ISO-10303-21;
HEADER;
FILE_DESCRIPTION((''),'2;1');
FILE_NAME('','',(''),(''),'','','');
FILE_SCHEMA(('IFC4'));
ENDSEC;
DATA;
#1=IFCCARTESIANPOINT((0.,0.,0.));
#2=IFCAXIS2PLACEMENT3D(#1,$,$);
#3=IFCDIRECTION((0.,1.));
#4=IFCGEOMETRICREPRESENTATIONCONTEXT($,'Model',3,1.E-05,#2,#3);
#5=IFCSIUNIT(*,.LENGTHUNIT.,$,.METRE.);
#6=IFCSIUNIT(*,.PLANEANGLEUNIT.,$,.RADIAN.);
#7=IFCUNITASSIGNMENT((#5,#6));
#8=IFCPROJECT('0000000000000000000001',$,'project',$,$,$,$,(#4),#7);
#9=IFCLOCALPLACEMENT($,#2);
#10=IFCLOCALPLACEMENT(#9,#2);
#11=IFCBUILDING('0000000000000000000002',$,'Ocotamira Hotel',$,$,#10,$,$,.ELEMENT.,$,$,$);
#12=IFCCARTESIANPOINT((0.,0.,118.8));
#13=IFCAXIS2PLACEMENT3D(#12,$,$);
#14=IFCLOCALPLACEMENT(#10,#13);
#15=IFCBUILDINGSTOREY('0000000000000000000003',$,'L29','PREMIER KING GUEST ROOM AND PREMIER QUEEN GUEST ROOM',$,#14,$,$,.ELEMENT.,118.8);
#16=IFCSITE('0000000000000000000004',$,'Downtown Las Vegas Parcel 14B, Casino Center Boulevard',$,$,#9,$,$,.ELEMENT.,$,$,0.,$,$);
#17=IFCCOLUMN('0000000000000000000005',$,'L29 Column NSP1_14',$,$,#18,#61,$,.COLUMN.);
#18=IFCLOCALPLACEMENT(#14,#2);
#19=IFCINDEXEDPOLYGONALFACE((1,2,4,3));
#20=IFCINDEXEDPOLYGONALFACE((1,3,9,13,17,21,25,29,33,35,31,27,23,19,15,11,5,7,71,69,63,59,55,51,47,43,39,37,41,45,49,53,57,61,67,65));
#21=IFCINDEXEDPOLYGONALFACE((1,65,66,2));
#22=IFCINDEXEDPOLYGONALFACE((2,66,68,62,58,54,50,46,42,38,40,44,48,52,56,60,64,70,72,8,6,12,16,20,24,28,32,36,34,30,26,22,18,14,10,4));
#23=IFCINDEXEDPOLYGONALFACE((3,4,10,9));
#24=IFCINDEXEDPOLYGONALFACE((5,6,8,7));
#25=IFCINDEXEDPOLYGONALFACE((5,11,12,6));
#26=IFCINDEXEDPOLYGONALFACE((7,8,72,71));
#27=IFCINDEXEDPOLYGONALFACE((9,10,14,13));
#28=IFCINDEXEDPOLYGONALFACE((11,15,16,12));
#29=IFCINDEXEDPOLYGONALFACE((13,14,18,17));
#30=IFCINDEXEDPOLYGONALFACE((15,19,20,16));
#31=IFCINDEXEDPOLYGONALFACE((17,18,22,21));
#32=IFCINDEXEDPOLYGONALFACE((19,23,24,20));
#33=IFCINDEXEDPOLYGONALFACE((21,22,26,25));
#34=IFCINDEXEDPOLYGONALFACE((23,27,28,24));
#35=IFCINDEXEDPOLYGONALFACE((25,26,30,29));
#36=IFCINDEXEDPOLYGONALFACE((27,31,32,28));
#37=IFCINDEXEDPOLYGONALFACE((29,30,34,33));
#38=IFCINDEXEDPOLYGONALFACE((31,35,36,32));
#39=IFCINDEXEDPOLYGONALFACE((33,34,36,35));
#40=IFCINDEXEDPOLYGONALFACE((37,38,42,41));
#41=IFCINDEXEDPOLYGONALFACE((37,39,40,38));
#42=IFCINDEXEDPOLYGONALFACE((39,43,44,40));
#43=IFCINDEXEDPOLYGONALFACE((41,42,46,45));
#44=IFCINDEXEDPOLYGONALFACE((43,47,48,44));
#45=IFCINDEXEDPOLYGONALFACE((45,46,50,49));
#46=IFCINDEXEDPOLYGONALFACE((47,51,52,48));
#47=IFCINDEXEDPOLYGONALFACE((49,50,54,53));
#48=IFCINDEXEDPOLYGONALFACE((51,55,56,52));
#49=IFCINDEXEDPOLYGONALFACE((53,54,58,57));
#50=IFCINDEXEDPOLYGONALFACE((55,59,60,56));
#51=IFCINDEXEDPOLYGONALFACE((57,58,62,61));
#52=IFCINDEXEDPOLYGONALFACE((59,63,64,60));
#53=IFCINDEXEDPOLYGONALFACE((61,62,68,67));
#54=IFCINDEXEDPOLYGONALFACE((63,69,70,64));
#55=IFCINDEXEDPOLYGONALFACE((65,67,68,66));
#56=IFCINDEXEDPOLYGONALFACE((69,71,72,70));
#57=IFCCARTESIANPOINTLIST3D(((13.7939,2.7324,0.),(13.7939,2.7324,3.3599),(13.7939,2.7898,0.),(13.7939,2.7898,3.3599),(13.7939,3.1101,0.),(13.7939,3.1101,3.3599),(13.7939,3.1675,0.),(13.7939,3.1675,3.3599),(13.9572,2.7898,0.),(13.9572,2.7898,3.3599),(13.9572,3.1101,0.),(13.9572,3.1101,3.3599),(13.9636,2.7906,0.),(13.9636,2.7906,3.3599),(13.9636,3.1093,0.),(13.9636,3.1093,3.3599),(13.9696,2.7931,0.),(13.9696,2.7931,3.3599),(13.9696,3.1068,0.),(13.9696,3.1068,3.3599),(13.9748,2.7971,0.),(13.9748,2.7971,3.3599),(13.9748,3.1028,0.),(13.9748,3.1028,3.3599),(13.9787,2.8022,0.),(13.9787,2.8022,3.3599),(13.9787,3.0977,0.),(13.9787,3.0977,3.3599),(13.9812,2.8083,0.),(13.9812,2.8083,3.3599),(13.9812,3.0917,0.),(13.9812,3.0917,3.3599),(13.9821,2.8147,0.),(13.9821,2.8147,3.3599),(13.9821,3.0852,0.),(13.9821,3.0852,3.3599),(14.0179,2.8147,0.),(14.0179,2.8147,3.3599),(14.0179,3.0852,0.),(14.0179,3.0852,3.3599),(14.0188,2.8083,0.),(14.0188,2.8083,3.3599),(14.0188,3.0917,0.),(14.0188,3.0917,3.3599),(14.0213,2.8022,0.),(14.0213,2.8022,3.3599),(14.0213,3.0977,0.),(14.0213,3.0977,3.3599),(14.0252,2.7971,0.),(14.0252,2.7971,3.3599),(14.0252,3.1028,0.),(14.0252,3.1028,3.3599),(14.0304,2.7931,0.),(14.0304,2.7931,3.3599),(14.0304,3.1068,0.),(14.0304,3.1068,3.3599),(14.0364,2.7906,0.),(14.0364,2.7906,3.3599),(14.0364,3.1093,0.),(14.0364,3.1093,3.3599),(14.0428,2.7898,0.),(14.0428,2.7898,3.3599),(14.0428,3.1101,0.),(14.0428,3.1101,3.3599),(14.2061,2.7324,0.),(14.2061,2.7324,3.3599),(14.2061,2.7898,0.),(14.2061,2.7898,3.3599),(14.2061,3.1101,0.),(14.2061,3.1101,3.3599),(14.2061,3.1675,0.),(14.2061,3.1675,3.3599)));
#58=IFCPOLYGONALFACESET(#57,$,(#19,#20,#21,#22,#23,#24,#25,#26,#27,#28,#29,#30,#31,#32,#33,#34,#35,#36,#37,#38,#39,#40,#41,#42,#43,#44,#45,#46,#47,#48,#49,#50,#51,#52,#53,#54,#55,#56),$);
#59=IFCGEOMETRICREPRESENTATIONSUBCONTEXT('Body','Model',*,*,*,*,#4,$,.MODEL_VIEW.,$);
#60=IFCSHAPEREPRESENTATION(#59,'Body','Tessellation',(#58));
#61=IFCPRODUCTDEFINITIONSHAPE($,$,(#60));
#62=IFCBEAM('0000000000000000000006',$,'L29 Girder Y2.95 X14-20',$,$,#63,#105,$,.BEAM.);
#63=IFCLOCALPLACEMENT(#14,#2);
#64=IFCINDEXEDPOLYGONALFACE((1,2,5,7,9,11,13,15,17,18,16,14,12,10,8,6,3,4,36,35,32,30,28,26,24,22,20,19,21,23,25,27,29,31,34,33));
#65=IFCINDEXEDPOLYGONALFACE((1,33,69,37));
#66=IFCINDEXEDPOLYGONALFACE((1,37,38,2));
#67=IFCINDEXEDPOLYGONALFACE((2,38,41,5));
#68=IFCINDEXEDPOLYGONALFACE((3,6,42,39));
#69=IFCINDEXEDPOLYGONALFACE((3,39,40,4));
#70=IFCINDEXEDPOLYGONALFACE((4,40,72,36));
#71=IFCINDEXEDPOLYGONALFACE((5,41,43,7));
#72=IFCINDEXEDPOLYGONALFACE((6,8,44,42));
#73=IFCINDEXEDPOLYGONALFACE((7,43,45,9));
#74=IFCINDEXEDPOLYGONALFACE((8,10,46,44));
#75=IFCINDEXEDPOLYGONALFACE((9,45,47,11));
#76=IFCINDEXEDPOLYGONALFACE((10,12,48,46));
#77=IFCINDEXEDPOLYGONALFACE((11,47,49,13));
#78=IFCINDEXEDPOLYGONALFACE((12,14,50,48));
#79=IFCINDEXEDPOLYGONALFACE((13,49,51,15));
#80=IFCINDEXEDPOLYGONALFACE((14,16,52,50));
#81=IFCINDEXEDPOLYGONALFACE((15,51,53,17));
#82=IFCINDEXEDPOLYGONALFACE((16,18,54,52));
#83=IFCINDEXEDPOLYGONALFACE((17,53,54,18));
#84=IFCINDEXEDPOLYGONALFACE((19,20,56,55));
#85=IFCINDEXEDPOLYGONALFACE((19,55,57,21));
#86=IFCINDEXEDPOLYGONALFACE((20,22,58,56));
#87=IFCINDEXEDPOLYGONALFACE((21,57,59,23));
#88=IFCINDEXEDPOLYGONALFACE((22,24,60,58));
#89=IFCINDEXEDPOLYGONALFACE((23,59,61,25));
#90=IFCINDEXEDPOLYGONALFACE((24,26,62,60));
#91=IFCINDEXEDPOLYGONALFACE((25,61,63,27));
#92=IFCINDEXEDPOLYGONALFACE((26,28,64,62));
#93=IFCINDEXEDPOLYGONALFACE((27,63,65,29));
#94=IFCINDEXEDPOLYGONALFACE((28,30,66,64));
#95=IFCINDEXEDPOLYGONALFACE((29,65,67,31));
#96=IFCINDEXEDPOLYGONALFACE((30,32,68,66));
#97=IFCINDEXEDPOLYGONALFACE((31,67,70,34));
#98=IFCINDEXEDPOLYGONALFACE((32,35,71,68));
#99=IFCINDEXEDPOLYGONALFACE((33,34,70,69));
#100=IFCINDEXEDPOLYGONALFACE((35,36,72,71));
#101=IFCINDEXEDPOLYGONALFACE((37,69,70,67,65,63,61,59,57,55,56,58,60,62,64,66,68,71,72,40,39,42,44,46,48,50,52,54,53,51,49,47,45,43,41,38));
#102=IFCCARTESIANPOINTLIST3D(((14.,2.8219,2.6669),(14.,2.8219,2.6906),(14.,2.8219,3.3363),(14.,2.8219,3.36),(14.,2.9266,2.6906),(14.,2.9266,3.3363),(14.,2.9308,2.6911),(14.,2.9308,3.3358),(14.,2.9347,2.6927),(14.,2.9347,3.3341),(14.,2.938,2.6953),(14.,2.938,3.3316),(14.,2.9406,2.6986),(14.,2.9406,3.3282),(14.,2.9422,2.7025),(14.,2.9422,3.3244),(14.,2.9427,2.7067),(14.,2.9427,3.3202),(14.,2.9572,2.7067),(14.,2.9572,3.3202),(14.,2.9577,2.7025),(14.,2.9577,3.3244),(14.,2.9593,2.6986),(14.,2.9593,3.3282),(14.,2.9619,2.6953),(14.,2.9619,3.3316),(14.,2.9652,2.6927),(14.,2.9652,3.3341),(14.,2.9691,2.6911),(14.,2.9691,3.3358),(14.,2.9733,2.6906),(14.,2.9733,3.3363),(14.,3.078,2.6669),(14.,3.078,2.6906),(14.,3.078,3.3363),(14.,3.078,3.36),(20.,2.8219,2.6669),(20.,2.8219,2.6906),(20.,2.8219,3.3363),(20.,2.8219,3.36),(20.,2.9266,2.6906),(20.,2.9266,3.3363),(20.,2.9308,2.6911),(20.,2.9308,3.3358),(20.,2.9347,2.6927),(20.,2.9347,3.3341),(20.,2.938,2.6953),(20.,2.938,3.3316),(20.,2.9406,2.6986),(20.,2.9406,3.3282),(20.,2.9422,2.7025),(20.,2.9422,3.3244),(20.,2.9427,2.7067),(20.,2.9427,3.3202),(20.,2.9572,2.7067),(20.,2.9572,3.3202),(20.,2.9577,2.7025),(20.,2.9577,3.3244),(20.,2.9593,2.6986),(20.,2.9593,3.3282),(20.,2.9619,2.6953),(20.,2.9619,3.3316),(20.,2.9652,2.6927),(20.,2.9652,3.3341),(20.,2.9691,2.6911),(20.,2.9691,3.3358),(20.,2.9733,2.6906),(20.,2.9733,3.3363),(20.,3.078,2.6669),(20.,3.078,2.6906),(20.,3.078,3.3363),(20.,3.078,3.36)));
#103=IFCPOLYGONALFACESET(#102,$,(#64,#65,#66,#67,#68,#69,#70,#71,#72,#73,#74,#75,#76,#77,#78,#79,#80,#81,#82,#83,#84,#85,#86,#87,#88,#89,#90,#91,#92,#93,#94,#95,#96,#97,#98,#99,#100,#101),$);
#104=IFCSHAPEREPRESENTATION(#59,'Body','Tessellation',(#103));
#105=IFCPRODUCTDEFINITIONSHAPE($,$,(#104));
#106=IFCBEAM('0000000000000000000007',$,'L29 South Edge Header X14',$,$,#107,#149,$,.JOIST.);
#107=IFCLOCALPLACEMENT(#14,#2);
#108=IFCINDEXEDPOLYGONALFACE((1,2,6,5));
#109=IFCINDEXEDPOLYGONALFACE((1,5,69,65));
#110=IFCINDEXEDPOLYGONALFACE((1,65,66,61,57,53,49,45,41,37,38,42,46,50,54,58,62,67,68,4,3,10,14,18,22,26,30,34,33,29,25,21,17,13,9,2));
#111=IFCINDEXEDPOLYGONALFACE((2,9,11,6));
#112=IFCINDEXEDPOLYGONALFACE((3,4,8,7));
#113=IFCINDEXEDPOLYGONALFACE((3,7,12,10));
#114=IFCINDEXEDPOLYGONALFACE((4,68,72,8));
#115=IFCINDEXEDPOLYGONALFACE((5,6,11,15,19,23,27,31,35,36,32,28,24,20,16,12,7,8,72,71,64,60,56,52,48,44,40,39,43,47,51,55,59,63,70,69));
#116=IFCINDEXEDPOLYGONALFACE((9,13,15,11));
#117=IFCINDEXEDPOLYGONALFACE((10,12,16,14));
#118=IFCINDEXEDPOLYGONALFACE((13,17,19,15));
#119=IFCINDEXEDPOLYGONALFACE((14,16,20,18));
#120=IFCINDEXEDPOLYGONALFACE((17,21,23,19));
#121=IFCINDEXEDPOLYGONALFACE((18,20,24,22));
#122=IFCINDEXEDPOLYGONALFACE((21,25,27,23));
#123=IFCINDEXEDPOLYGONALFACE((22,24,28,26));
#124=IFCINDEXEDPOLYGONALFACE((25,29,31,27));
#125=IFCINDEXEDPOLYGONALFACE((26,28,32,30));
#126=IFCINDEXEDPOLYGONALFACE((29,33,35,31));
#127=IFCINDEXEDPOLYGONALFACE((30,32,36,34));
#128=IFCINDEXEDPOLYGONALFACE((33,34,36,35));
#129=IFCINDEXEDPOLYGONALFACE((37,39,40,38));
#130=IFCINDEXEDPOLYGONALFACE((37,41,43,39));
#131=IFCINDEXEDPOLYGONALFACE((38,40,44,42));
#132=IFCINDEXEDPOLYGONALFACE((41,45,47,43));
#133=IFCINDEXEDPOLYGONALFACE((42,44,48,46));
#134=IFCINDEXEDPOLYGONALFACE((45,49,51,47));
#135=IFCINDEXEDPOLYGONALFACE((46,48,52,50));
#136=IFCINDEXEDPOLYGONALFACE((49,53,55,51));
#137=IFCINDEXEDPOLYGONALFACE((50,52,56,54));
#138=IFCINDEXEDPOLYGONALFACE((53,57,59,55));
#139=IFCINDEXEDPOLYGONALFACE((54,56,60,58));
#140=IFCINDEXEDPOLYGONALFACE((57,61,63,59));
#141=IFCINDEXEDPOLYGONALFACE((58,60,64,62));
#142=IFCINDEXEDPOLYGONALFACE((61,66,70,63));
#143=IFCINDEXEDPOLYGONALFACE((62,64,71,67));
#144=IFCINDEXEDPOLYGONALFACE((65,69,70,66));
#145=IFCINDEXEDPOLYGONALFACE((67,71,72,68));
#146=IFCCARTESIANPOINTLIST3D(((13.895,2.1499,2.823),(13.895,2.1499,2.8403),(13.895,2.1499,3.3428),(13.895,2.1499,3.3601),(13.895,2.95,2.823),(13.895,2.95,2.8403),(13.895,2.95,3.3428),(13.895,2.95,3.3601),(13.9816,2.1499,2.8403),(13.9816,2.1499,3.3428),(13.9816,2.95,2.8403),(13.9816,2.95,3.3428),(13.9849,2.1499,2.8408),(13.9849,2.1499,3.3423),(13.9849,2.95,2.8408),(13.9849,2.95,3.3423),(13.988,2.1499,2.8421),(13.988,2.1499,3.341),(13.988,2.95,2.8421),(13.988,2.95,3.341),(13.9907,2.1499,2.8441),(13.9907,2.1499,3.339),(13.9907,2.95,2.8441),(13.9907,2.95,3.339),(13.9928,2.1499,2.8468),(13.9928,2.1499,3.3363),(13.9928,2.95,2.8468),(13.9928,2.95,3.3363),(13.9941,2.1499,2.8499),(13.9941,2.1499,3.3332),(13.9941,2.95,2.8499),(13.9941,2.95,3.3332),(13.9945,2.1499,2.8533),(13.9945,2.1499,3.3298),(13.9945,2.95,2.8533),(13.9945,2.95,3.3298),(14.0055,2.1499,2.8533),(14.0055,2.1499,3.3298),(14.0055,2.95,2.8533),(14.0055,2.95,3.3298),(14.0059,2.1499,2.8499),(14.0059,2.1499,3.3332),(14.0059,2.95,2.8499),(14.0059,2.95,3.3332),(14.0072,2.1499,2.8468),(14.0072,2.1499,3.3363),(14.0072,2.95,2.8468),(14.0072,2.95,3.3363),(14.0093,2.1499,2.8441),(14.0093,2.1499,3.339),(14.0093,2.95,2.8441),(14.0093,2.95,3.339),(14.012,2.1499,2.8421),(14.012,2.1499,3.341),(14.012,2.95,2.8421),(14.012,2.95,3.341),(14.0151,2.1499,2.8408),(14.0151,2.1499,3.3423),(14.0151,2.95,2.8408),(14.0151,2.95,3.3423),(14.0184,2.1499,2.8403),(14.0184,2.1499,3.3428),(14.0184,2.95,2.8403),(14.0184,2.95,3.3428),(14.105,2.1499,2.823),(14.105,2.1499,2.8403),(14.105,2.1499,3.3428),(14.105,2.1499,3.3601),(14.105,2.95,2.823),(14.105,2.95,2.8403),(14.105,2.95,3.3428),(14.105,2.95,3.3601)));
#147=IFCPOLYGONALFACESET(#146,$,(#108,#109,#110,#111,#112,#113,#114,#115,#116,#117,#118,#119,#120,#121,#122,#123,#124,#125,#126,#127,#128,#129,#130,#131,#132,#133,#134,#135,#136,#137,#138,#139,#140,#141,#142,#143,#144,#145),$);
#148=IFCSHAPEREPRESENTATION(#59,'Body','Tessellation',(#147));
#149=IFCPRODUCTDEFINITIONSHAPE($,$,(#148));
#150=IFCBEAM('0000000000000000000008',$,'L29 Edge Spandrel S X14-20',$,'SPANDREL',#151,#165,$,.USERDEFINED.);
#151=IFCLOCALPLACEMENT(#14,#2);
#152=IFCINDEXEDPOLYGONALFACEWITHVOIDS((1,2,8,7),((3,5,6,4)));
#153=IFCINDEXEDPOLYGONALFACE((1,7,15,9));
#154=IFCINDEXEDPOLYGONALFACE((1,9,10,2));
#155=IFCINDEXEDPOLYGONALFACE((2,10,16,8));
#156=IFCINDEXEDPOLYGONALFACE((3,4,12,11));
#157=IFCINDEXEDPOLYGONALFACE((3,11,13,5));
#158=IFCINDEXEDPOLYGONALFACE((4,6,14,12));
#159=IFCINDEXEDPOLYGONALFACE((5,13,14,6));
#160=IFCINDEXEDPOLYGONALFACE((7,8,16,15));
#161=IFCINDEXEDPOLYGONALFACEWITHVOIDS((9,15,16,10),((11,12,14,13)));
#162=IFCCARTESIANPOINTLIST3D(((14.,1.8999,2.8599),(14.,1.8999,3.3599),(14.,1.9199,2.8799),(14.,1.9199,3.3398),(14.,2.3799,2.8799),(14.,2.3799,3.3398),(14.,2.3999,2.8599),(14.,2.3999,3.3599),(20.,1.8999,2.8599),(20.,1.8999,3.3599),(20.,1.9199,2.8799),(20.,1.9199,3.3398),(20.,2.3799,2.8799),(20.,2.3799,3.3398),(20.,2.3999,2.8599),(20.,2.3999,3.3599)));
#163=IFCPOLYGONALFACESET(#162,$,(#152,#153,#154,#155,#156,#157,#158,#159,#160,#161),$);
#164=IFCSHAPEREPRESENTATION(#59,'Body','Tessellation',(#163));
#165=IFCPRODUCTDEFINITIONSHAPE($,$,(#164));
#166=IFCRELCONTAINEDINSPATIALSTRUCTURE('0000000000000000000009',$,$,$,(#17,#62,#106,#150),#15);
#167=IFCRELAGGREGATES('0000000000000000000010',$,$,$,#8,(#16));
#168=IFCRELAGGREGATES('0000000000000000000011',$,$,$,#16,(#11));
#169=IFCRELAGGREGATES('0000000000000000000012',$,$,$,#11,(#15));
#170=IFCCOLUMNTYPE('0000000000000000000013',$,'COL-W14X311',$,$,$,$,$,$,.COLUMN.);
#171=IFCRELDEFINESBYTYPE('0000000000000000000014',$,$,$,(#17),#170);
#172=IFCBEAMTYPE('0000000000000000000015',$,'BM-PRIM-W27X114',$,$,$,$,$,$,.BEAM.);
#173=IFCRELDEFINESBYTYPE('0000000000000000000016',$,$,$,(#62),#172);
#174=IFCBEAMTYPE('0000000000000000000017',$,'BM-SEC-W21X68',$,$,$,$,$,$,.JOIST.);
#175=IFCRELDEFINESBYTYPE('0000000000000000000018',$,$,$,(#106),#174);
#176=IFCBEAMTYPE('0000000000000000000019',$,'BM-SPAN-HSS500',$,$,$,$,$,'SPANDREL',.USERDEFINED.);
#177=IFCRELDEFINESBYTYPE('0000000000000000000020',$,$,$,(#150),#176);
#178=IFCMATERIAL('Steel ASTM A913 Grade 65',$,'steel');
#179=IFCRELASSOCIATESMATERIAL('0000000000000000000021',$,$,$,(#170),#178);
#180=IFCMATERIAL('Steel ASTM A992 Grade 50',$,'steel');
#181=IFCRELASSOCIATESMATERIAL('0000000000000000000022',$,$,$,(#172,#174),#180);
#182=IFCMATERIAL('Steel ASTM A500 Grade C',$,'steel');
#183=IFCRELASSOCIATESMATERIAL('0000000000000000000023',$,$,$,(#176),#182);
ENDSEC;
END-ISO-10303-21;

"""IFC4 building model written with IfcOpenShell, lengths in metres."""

from ifc_helpers import new_model, si_unit, direction, frame, origin, origin_2d, place, context, subcontext, project, spatial, hollow_rectangle, i_section, extrude, source, transform, mapped, material, material_profile, profile_set, type_object, element, save


model = new_model("IFC4")

# Units and contexts
model_context = context("Model", 3, precision=1e-05, world=origin(), true_north=direction((0.0, 1.0)))
body_context = subcontext(model_context, "Body", "Model", "MODEL_VIEW")
ifc_project = project(units=[si_unit("LENGTHUNIT", "METRE"), si_unit("PLANEANGLEUNIT", "RADIAN")], contexts=[model_context])

# Site, building, storey
site_placement = place(None, origin())
site = spatial("IfcSite", under=ifc_project, at=site_placement, Name="Downtown Las Vegas Parcel 14B, Casino Center Boulevard", CompositionType="ELEMENT", RefElevation=0.0)
building_placement = place(site_placement, origin())
building = spatial("IfcBuilding", under=site, at=building_placement, Name="Ocotamira Hotel", CompositionType="ELEMENT")
storey_placement = place(building_placement, frame((0.0, 0.0, 118.8)))
storey = spatial("IfcBuildingStorey", under=building, at=storey_placement, Name="L29", Description="PREMIER KING GUEST ROOM AND PREMIER QUEEN GUEST ROOM", CompositionType="ELEMENT", Elevation=118.8)

# Column
ifc_material_1 = material(Name="Steel ASTM A913 Grade 65", Category="steel")
ifc_material_profile_1 = material_profile(ifc_material_1, i_section(OverallWidth=0.4121, OverallDepth=0.4351, WebThickness=0.0359, FlangeThickness=0.0574, FilletRadius=0.0249, at=origin_2d()), Name="W14X311")
ifc_profile_set_1 = profile_set([ifc_material_profile_1], Name="Steel ASTM A913 Grade 65")
column_type = type_object("IfcColumnType", Name="COL-W14X311", PredefinedType="COLUMN", material=ifc_profile_set_1)
shared_shape_1 = source(origin(), body_context, "Body", "SweptSolid", [
    extrude(i_section(OverallWidth=0.4121, OverallDepth=0.4351, WebThickness=0.0359, FlangeThickness=0.0574, FilletRadius=0.0249, at=origin_2d()), origin(), (0.0, 0.0, 1.0), 3.3599),
])
column_placement = place(storey_placement, frame((14.0, 2.95, 0.0), z_axis=(0.0, 0.0, 1.0), x_axis=(1.0, 0.0, 0.0)))
element("IfcColumn", 1, at=column_placement, inside=storey, type_object=column_type, Name="L29 Column NSP1_14", PredefinedType="COLUMN", context=body_context, shape_type="MappedRepresentation", body=[
    mapped(shared_shape_1, transform((0.0, 0.0, 0.0), scale=1.0)),
])

# Beams
ifc_material_2 = material(Name="Steel ASTM A992 Grade 50", Category="steel")
ifc_material_profile_2 = material_profile(ifc_material_2, i_section(OverallWidth=0.2561, OverallDepth=0.6931, WebThickness=0.0144, FlangeThickness=0.0237, FilletRadius=0.0161, at=origin_2d()), Name="W27X114")
ifc_profile_set_2 = profile_set([ifc_material_profile_2], Name="Steel ASTM A992 Grade 50")
beam_type_1 = type_object("IfcBeamType", Name="BM-PRIM-W27X114", PredefinedType="BEAM", material=ifc_profile_set_2)
shared_shape_2 = source(origin(), body_context, "Body", "SweptSolid", [
    extrude(i_section(OverallWidth=0.2561, OverallDepth=0.6931, WebThickness=0.0144, FlangeThickness=0.0237, FilletRadius=0.0161, at=origin_2d()), origin(), (0.0, 0.0, 1.0), 6.0),
])
beam_1_placement = place(storey_placement, frame((14.0, 2.95, 3.0134), z_axis=(1.0, 0.0, 0.0), x_axis=(0.0, 1.0, 0.0)))
element("IfcBeam", 2, at=beam_1_placement, inside=storey, type_object=beam_type_1, Name="L29 Girder Y2.95 X14-20", PredefinedType="BEAM", context=body_context, shape_type="MappedRepresentation", body=[
    mapped(shared_shape_2, transform((0.0, 0.0, 0.0), scale=1.0)),
])
ifc_material_profile_3 = material_profile(ifc_material_2, i_section(OverallWidth=0.21, OverallDepth=0.5371, WebThickness=0.011, FlangeThickness=0.0173, FilletRadius=0.0129, at=origin_2d()), Name="W21X68")
ifc_profile_set_3 = profile_set([ifc_material_profile_3], Name="Steel ASTM A992 Grade 50")
beam_type_2 = type_object("IfcBeamType", Name="BM-SEC-W21X68", PredefinedType="JOIST", material=ifc_profile_set_3)
shared_shape_3 = source(origin(), body_context, "Body", "SweptSolid", [
    extrude(i_section(OverallWidth=0.21, OverallDepth=0.5371, WebThickness=0.011, FlangeThickness=0.0173, FilletRadius=0.0129, at=origin_2d()), origin(), (0.0, 0.0, 1.0), 0.8),
])
beam_2_placement = place(storey_placement, frame((14.0, 2.95, 3.0916), z_axis=(0.0, -1.0, 0.0), x_axis=(1.0, 0.0, 0.0)))
element("IfcBeam", 3, at=beam_2_placement, inside=storey, type_object=beam_type_2, Name="L29 South Edge Header X14", PredefinedType="JOIST", context=body_context, shape_type="MappedRepresentation", body=[
    mapped(shared_shape_3, transform((0.0, 0.0, 0.0), scale=1.0)),
])
ifc_material_3 = material(Name="Steel ASTM A500 Grade C", Category="steel")
ifc_material_profile_4 = material_profile(ifc_material_3, hollow_rectangle(XDim=0.5, YDim=0.5, WallThickness=0.02, at=origin_2d()), Name="HSS500X500X20")
ifc_profile_set_4 = profile_set([ifc_material_profile_4], Name="Steel ASTM A500 Grade C")
beam_type_3 = type_object("IfcBeamType", Name="BM-SPAN-HSS500", ElementType="SPANDREL", PredefinedType="USERDEFINED", material=ifc_profile_set_4)
shared_shape_4 = source(origin(), body_context, "Body", "SweptSolid", [
    extrude(hollow_rectangle(XDim=0.5, YDim=0.5, WallThickness=0.02, at=origin_2d()), origin(), (0.0, 0.0, 1.0), 6.0),
])
beam_3_placement = place(storey_placement, frame((14.0, 2.1499, 3.1099), z_axis=(1.0, 0.0, 0.0), x_axis=(0.0, 1.0, 0.0)))
element("IfcBeam", 4, at=beam_3_placement, inside=storey, type_object=beam_type_3, Name="L29 Edge Spandrel S X14-20", ObjectType="SPANDREL", PredefinedType="USERDEFINED", context=body_context, shape_type="MappedRepresentation", body=[
    mapped(shared_shape_4, transform((0.0, 0.0, 0.0), scale=1.0)),
])

save(model, "model.ifc")
